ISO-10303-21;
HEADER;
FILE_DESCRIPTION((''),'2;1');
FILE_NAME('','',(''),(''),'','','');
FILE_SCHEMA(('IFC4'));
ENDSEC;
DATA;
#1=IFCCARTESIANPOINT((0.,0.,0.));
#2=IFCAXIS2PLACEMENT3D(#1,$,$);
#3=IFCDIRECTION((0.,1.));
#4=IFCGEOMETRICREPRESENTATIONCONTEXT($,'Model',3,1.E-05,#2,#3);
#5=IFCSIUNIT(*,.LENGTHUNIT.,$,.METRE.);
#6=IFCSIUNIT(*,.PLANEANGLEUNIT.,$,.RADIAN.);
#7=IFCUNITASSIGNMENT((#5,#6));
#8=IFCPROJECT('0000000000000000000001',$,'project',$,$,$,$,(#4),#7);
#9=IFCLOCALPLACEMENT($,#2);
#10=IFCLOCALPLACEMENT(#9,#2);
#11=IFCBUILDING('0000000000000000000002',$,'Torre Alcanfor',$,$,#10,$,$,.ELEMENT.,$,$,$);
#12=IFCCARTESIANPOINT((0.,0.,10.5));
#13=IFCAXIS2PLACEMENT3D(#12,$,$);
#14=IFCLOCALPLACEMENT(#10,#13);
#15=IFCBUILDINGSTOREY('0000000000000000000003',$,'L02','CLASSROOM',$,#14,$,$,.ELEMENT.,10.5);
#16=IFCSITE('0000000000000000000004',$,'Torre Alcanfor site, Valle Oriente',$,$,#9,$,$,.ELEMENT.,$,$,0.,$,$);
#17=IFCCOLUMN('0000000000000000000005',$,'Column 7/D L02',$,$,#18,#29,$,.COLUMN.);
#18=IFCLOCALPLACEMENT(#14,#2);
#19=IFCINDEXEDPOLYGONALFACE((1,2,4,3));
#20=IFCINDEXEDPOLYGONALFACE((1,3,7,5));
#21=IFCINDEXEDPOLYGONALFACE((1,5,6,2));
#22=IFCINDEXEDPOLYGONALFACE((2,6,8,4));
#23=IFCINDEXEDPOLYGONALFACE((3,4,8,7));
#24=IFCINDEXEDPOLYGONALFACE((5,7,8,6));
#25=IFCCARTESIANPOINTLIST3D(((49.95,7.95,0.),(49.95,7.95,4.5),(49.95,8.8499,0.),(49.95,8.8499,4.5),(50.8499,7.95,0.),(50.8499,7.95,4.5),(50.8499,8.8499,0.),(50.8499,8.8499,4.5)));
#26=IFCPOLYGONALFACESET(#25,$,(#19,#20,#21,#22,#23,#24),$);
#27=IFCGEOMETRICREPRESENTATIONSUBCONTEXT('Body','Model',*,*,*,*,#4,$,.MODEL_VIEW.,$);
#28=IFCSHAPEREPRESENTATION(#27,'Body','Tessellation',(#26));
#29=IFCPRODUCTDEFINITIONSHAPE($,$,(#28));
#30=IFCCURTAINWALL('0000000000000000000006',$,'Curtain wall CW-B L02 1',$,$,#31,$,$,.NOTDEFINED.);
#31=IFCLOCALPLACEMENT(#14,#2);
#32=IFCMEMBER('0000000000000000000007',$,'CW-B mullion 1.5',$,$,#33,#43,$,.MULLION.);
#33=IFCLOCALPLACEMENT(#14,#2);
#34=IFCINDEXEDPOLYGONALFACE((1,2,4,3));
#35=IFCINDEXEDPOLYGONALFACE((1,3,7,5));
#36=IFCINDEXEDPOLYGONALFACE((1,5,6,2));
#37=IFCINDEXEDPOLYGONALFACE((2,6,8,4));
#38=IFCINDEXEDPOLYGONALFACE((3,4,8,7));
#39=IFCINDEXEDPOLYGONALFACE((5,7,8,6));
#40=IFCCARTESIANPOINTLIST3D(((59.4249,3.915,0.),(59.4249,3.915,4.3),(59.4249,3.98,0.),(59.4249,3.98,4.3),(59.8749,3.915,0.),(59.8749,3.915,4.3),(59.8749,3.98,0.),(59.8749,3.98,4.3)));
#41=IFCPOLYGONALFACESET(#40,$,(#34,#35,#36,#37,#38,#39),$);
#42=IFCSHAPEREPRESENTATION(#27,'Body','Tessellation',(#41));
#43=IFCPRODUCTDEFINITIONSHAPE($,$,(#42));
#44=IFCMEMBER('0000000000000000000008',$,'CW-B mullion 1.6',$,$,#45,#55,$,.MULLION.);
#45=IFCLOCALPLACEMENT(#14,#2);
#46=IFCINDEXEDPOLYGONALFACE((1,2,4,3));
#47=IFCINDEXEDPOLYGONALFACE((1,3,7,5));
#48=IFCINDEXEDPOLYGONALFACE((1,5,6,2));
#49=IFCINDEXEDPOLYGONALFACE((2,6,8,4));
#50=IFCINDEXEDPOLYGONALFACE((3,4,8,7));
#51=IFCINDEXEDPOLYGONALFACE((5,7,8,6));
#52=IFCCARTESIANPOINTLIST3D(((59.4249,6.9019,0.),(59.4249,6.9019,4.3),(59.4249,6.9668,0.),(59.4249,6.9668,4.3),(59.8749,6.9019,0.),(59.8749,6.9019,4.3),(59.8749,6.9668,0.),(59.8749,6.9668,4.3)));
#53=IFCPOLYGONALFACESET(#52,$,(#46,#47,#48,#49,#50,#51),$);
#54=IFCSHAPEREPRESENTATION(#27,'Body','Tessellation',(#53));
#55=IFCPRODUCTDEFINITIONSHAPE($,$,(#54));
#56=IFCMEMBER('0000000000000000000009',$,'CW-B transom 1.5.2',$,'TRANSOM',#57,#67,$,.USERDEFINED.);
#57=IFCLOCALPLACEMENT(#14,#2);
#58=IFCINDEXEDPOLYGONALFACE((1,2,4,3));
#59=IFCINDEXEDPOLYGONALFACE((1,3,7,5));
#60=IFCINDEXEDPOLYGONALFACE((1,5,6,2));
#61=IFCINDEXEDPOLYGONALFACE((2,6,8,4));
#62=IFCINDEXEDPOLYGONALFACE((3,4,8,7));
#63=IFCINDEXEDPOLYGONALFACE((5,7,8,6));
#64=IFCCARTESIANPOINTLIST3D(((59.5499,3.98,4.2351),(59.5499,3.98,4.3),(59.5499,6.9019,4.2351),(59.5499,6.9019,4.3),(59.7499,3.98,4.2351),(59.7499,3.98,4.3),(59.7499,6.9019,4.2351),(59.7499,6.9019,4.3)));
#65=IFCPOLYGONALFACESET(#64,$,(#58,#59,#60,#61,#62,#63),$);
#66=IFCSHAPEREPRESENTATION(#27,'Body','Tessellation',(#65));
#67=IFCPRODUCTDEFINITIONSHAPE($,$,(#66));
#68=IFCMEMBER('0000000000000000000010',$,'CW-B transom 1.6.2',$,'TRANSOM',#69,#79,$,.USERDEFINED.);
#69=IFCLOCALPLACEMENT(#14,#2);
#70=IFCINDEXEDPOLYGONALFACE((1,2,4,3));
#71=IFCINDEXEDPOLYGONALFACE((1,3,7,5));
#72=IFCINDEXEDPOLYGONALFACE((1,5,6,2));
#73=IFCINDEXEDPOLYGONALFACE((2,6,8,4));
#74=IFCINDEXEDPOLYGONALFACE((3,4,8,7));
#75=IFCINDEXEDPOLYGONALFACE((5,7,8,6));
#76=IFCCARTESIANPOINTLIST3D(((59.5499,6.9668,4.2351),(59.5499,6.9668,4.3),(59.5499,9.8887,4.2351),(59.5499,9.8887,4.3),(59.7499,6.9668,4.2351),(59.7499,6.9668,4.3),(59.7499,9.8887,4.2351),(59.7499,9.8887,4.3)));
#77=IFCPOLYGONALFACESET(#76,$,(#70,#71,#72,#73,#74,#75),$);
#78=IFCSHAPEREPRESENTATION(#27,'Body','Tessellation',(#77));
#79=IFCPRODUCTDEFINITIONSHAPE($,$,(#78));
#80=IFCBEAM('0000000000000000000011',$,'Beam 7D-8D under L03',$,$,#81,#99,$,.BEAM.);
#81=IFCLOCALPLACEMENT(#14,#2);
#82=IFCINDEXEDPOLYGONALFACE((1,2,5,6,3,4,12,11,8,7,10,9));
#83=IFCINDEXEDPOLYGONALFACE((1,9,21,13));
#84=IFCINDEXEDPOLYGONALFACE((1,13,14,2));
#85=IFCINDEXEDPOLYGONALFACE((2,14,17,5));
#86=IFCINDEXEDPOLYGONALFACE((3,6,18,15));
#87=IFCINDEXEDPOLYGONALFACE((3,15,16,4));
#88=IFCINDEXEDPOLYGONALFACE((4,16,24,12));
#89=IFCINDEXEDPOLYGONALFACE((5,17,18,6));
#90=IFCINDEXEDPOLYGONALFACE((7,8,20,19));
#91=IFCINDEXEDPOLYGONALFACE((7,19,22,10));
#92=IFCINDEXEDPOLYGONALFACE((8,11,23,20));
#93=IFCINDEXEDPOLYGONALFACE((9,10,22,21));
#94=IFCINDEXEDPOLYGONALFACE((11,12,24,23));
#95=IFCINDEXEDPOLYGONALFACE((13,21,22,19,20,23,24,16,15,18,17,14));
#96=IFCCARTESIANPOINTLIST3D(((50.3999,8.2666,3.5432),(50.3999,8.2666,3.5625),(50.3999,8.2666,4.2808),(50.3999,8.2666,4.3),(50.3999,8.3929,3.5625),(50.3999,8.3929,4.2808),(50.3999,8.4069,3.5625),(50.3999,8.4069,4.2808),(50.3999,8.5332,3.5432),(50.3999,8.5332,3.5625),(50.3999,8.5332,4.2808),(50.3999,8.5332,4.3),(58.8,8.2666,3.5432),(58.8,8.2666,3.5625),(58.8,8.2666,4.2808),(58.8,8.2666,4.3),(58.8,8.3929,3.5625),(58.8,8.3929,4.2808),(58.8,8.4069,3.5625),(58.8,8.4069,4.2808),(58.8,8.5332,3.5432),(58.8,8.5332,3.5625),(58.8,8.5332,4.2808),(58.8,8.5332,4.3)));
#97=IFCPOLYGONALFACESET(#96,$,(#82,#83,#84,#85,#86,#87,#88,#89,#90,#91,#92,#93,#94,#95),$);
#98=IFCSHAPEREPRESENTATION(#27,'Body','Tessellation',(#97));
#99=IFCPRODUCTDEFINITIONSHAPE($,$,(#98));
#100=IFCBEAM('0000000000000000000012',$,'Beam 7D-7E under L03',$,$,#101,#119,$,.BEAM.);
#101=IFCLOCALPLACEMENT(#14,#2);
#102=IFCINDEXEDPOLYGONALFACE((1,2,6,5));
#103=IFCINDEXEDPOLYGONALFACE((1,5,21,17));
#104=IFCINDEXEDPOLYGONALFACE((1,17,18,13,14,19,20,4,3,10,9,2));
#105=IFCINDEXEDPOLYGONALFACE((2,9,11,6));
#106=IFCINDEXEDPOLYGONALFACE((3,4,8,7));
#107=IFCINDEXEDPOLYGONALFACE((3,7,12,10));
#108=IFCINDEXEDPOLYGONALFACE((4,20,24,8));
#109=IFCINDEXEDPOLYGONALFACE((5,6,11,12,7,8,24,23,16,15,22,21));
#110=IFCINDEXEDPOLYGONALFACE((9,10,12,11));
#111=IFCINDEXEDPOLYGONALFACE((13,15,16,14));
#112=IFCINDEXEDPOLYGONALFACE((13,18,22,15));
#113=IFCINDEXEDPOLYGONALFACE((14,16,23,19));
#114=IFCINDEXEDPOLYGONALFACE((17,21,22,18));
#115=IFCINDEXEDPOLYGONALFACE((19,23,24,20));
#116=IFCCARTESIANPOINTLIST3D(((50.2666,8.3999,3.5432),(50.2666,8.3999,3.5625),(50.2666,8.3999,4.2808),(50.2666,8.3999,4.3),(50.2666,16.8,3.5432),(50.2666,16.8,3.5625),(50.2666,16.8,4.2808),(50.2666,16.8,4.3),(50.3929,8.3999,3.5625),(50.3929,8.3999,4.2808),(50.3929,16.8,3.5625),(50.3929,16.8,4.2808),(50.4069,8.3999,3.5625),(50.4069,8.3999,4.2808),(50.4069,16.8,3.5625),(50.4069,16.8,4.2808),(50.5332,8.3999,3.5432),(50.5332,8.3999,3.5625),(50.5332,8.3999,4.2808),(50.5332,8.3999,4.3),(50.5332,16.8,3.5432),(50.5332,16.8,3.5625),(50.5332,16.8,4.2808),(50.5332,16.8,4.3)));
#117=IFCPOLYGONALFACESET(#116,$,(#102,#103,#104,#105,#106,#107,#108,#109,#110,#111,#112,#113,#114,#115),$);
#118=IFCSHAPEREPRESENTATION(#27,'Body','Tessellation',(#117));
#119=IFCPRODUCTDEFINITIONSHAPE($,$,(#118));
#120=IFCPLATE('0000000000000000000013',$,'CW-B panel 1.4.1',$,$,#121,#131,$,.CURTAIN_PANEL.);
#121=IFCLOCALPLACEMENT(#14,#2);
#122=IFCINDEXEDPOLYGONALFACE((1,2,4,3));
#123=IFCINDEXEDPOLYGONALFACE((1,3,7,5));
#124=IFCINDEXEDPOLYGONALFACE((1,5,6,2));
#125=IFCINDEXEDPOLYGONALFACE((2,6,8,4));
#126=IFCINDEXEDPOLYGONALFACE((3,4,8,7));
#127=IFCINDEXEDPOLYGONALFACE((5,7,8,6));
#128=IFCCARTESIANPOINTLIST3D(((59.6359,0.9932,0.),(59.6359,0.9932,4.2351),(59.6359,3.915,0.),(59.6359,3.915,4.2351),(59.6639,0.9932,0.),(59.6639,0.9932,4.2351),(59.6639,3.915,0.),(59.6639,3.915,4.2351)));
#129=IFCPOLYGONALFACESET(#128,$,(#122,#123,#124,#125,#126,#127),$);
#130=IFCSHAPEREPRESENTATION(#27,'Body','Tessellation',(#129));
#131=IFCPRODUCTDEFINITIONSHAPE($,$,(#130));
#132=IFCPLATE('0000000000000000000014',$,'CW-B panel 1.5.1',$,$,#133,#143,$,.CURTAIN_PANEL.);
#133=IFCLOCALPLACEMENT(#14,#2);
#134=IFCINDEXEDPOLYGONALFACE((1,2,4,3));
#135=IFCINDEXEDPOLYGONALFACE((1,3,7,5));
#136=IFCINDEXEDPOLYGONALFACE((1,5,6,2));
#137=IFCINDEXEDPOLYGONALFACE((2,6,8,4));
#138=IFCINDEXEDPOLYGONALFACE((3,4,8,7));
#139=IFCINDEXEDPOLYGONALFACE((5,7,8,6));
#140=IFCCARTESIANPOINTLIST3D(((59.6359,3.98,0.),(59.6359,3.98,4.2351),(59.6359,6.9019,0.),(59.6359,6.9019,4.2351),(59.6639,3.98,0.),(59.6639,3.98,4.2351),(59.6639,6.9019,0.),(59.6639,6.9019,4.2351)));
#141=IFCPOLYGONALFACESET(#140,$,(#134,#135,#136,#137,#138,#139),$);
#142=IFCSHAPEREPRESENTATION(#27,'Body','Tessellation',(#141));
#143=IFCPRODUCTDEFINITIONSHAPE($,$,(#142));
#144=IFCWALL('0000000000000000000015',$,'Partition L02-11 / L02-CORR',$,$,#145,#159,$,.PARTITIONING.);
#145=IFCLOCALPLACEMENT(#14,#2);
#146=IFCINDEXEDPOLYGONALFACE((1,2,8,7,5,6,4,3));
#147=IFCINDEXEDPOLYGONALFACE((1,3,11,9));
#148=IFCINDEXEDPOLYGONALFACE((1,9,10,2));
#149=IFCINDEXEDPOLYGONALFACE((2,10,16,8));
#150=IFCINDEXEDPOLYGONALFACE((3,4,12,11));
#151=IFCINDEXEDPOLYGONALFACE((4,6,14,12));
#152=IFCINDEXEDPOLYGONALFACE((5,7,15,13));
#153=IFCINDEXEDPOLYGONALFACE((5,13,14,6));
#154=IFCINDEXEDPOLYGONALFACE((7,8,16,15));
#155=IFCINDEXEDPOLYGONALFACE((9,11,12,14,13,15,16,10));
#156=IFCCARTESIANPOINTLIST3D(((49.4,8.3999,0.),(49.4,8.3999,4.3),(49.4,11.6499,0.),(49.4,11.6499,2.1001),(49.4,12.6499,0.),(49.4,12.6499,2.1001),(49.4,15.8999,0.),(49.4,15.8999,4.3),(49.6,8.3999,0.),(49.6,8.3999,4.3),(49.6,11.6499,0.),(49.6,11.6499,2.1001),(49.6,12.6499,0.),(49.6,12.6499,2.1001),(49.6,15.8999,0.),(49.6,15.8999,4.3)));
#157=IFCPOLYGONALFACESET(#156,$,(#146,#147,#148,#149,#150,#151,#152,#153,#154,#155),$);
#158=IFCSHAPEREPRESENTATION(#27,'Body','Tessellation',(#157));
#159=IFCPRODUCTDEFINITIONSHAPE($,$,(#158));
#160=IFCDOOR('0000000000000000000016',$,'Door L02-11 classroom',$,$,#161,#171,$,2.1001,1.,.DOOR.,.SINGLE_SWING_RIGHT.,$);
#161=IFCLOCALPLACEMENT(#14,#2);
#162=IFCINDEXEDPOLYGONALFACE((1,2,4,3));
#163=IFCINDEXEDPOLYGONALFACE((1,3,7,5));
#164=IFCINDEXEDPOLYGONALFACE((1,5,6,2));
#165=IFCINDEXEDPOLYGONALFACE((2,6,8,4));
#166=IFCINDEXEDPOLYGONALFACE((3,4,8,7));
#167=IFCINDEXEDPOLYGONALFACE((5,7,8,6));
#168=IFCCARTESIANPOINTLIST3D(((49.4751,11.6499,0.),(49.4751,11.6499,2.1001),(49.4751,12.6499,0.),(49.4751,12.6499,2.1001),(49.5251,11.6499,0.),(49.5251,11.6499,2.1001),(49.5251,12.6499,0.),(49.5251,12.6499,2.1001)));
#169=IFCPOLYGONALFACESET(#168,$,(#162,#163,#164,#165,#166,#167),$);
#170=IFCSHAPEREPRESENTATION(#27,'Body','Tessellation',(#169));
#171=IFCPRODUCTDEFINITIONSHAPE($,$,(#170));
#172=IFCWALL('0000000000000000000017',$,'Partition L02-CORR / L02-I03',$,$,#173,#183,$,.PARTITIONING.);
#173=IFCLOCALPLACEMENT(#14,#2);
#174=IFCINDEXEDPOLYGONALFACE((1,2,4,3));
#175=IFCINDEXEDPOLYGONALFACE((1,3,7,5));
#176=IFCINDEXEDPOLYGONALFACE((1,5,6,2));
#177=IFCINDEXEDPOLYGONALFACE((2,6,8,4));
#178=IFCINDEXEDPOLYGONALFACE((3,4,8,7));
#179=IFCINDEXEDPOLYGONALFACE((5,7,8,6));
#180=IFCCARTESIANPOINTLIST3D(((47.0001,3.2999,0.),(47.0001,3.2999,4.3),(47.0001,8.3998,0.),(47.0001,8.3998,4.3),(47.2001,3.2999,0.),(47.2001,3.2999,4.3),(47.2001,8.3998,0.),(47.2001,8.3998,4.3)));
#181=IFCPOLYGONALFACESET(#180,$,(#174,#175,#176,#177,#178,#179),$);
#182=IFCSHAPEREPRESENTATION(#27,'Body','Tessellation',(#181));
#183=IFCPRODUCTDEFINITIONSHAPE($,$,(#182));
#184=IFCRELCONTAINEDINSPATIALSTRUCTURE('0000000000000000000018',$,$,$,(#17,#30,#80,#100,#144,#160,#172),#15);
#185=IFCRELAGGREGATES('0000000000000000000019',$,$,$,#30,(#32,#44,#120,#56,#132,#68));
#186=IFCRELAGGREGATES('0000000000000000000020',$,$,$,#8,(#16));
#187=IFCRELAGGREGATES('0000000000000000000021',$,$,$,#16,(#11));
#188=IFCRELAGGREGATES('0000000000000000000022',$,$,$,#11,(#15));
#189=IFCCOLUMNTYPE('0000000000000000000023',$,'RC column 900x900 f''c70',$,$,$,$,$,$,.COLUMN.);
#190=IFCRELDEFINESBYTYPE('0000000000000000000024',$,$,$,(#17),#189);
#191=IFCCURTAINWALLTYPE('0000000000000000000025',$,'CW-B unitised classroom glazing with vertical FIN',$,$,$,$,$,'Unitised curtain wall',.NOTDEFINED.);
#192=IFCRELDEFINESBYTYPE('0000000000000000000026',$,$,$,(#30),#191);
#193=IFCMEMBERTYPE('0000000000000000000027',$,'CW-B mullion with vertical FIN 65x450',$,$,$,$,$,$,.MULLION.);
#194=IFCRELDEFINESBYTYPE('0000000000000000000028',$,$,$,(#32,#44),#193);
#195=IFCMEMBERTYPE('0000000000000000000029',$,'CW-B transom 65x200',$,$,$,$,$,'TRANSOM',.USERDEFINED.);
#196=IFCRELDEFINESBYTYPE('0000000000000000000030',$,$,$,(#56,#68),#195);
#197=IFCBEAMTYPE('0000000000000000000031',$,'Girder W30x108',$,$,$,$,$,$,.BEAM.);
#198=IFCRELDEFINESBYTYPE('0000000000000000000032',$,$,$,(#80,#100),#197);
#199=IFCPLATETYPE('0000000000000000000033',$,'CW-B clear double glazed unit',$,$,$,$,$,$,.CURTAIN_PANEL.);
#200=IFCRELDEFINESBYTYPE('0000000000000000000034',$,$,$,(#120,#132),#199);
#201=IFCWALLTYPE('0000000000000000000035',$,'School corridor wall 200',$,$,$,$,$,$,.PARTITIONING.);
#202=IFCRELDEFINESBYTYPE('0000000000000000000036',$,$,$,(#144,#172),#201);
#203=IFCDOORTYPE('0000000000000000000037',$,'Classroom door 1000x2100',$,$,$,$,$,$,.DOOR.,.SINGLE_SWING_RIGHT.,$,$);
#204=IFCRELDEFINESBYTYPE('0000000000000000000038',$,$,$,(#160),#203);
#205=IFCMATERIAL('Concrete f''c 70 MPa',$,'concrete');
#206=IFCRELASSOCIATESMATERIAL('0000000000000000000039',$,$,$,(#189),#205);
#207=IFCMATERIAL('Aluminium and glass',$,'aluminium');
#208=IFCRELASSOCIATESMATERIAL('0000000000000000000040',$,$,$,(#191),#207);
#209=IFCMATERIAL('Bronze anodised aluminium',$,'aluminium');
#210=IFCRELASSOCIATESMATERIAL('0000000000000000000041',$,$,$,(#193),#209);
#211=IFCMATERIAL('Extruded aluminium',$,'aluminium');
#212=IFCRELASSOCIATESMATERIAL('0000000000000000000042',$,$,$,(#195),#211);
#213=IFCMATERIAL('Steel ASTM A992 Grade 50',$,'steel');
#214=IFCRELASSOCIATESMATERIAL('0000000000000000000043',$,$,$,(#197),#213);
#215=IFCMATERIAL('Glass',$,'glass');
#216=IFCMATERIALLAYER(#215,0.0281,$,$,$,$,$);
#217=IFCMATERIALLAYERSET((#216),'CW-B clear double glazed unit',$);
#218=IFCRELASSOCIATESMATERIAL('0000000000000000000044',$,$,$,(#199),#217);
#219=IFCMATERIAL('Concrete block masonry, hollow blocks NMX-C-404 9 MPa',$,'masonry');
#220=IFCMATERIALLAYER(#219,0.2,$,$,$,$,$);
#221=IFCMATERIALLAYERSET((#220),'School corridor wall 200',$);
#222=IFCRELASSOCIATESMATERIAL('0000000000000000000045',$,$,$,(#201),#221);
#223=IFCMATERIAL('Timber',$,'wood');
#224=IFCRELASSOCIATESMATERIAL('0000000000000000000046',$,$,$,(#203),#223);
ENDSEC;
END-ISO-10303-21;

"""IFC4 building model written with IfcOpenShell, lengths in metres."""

from ifc_helpers import new_model, si_unit, direction, frame, frame_2d, origin, origin_2d, place, context, subcontext, project, spatial, rectangle, i_section, extrude, material, layer, layer_set, material_profile, profile_set, type_object, element, fill, aggregate, save


model = new_model("IFC4")

# Units and contexts
model_context = context("Model", 3, precision=1e-05, world=origin(), true_north=direction((0.0, 1.0)))
body_context = subcontext(model_context, "Body", "Model", "MODEL_VIEW")
ifc_project = project(units=[si_unit("LENGTHUNIT", "METRE"), si_unit("PLANEANGLEUNIT", "RADIAN")], contexts=[model_context])

# Site, building, storey
site_placement = place(None, origin())
site = spatial("IfcSite", under=ifc_project, at=site_placement, Name="Torre Alcanfor site, Valle Oriente", CompositionType="ELEMENT", RefElevation=0.0)
building_placement = place(site_placement, origin())
building = spatial("IfcBuilding", under=site, at=building_placement, Name="Torre Alcanfor", CompositionType="ELEMENT")
storey_placement = place(building_placement, frame((0.0, 0.0, 10.5)))
storey = spatial("IfcBuildingStorey", under=building, at=storey_placement, Name="L02", Description="CLASSROOM", CompositionType="ELEMENT", Elevation=10.5)

# Column
ifc_material_1 = material(Name="Concrete f'c 70 MPa", Category="concrete")
ifc_material_profile_1 = material_profile(ifc_material_1, rectangle(XDim=0.8999, YDim=0.8999, at=origin_2d()), Name="900x900")
ifc_profile_set_1 = profile_set([ifc_material_profile_1], Name="Concrete f'c 70 MPa")
column_type = type_object("IfcColumnType", Name="RC column 900x900 f'c70", PredefinedType="COLUMN", material=ifc_profile_set_1)
column_placement = place(storey_placement, frame((50.3999, 8.3999, 0.0), z_axis=(0.0, 0.0, 1.0), x_axis=(1.0, 0.0, 0.0)))
element("IfcColumn", 1, at=column_placement, inside=storey, type_object=column_type, Name="Column 7/D L02", PredefinedType="COLUMN", context=body_context, shape_type="SweptSolid", body=[
    extrude(rectangle(XDim=0.8999, YDim=0.8999, at=origin_2d()), origin(), (0.0, 0.0, 1.0), 4.5),
])

# Curtain wall, members
ifc_material_2 = material(Name="Aluminium and glass", Category="aluminium")
curtain_wall_type = type_object("IfcCurtainWallType", Name="CW-B unitised classroom glazing with vertical FIN", ElementType="Unitised curtain wall", PredefinedType="NOTDEFINED", material=ifc_material_2)
curtain_wall_placement = place(storey_placement, origin())
curtain_wall = element("IfcCurtainWall", 2, at=curtain_wall_placement, inside=storey, type_object=curtain_wall_type, Name="Curtain wall CW-B L02 1", PredefinedType="NOTDEFINED")
ifc_material_3 = material(Name="Bronze anodised aluminium", Category="aluminium")
ifc_material_profile_2 = material_profile(ifc_material_3, rectangle(XDim=0.45, YDim=0.0649, at=origin_2d()), Name="CW-B mullion 65x450")
ifc_profile_set_2 = profile_set([ifc_material_profile_2], Name="Bronze anodised aluminium")
member_type_1 = type_object("IfcMemberType", Name="CW-B mullion with vertical FIN 65x450", PredefinedType="MULLION", material=ifc_profile_set_2)
member_1_placement = place(storey_placement, frame((59.6499, 3.9475, 0.0), z_axis=(0.0, 0.0, 1.0), x_axis=(-1.0, 0.0, 0.0)))
member_1 = element("IfcMember", 3, at=member_1_placement, type_object=member_type_1, Name="CW-B mullion 1.5", PredefinedType="MULLION", context=body_context, shape_type="SweptSolid", body=[
    extrude(rectangle(XDim=0.45, YDim=0.0649, at=origin_2d()), origin(), (0.0, 0.0, 1.0), 4.3),
])
member_2_placement = place(storey_placement, frame((59.6499, 6.9343, 0.0), z_axis=(0.0, 0.0, 1.0), x_axis=(-1.0, 0.0, 0.0)))
member_2 = element("IfcMember", 4, at=member_2_placement, type_object=member_type_1, Name="CW-B mullion 1.6", PredefinedType="MULLION", context=body_context, shape_type="SweptSolid", body=[
    extrude(rectangle(XDim=0.45, YDim=0.0649, at=origin_2d()), origin(), (0.0, 0.0, 1.0), 4.3),
])
ifc_material_4 = material(Name="Extruded aluminium", Category="aluminium")
ifc_material_profile_3 = material_profile(ifc_material_4, rectangle(XDim=0.2, YDim=0.0649, at=origin_2d()), Name="CW-B transom 200x65")
ifc_profile_set_3 = profile_set([ifc_material_profile_3], Name="Extruded aluminium")
member_type_2 = type_object("IfcMemberType", Name="CW-B transom 65x200", ElementType="TRANSOM", PredefinedType="USERDEFINED", material=ifc_profile_set_3)
member_3_placement = place(storey_placement, frame((59.6499, 3.98, 4.2676), z_axis=(0.0, 1.0, 0.0), x_axis=(-1.0, 0.0, 0.0)))
member_3 = element("IfcMember", 5, at=member_3_placement, type_object=member_type_2, Name="CW-B transom 1.5.2", ObjectType="TRANSOM", PredefinedType="USERDEFINED", context=body_context, shape_type="SweptSolid", body=[
    extrude(rectangle(XDim=0.2, YDim=0.0649, at=origin_2d()), origin(), (0.0, 0.0, 1.0), 2.9219),
])
member_4_placement = place(storey_placement, frame((59.6499, 6.9668, 4.2676), z_axis=(0.0, 1.0, 0.0), x_axis=(-1.0, 0.0, 0.0)))
member_4 = element("IfcMember", 6, at=member_4_placement, type_object=member_type_2, Name="CW-B transom 1.6.2", ObjectType="TRANSOM", PredefinedType="USERDEFINED", context=body_context, shape_type="SweptSolid", body=[
    extrude(rectangle(XDim=0.2, YDim=0.0649, at=origin_2d()), origin(), (0.0, 0.0, 1.0), 2.9219),
])

# Beams
ifc_material_5 = material(Name="Steel ASTM A992 Grade 50", Category="steel")
ifc_material_profile_4 = material_profile(ifc_material_5, i_section(OverallWidth=0.2666, OverallDepth=0.7568, WebThickness=0.0139, FlangeThickness=0.0193, at=origin_2d()), Name="W30x108")
ifc_profile_set_4 = profile_set([ifc_material_profile_4], Name="Steel ASTM A992 Grade 50")
beam_type = type_object("IfcBeamType", Name="Girder W30x108", PredefinedType="BEAM", material=ifc_profile_set_4)
for number, where, z_axis, x_axis, name in (
    (7, (50.3999, 8.3999, 3.9216), (1.0, 0.0, 0.0), (0.0, 1.0, 0.0), "Beam 7D-8D under L03"),
    (8, (50.3999, 8.3999, 3.9216), (0.0, 1.0, 0.0), (-1.0, 0.0, 0.0), "Beam 7D-7E under L03"),
):
    element("IfcBeam", number, at=place(storey_placement, frame(where, z_axis=z_axis, x_axis=x_axis)), inside=storey, type_object=beam_type, Name=name, PredefinedType="BEAM", context=body_context, shape_type="SweptSolid", body=[
        extrude(i_section(OverallWidth=0.2666, OverallDepth=0.7568, WebThickness=0.0139, FlangeThickness=0.0193, at=origin_2d()), origin(), (0.0, 0.0, 1.0), 8.4001),
    ])

# Plates
ifc_material_6 = material(Name="Glass", Category="glass")
ifc_layer_1 = layer(ifc_material_6, 0.0281)
ifc_layer_set_1 = layer_set([ifc_layer_1], Name="CW-B clear double glazed unit")
plate_type = type_object("IfcPlateType", Name="CW-B clear double glazed unit", PredefinedType="CURTAIN_PANEL", material=ifc_layer_set_1)
plate_1_placement = place(storey_placement, frame((59.6499, 2.4541, 0.0), z_axis=(0.0, 0.0, 1.0), x_axis=(0.0, 1.0, 0.0)))
plate_1 = element("IfcPlate", 9, at=plate_1_placement, type_object=plate_type, Name="CW-B panel 1.4.1", PredefinedType="CURTAIN_PANEL", context=body_context, shape_type="SweptSolid", body=[
    extrude(rectangle(XDim=2.9219, YDim=0.0281, at=origin_2d()), origin(), (0.0, 0.0, 1.0), 4.2351),
])
plate_2_placement = place(storey_placement, frame((59.6499, 5.4409, 0.0), z_axis=(0.0, 0.0, 1.0), x_axis=(0.0, 1.0, 0.0)))
plate_2 = element("IfcPlate", 10, at=plate_2_placement, type_object=plate_type, Name="CW-B panel 1.5.1", PredefinedType="CURTAIN_PANEL", context=body_context, shape_type="SweptSolid", body=[
    extrude(rectangle(XDim=2.9219, YDim=0.0281, at=origin_2d()), origin(), (0.0, 0.0, 1.0), 4.2351),
])
aggregate(curtain_wall, [member_1, member_2, plate_1, member_3, plate_2, member_4])

# Wall, opening, door
ifc_material_7 = material(Name="Concrete block masonry, hollow blocks NMX-C-404 9 MPa", Category="masonry")
ifc_layer_2 = layer(ifc_material_7, 0.2)
ifc_layer_set_2 = layer_set([ifc_layer_2], Name="School corridor wall 200")
wall_type_1 = type_object("IfcWallType", Name="School corridor wall 200", PredefinedType="PARTITIONING", material=ifc_layer_set_2)
wall_1_placement = place(storey_placement, frame((49.5, 8.3999, 0.0), z_axis=(0.0, 0.0, 1.0), x_axis=(0.0, 1.0, 0.0)))
wall_1 = element("IfcWall", 11, at=wall_1_placement, inside=storey, type_object=wall_type_1, Name="Partition L02-11 / L02-CORR", PredefinedType="PARTITIONING", context=body_context, shape_type="SweptSolid", body=[
    extrude(rectangle(XDim=7.5, YDim=0.2, at=frame_2d((3.75, 0.0))), origin(), (0.0, 0.0, 1.0), 4.3),
])
opening_1_placement = place(wall_1_placement, frame((3.25, 0.0, 0.0)))
opening_1 = element("IfcOpeningElement", 12, at=opening_1_placement, cuts=wall_1, PredefinedType="OPENING", context=body_context, shape_type="SweptSolid", body=[
    extrude(rectangle(XDim=1.0, YDim=2.1001, at=frame_2d((0.5, 1.05))), frame((0.0, 0.1099, 0.0), z_axis=(0.0, -1.0, 0.0), x_axis=(1.0, 0.0, 0.0)), (0.0, 0.0, 1.0), 0.22),
])
ifc_material_8 = material(Name="Timber", Category="wood")
door_type = type_object("IfcDoorType", Name="Classroom door 1000x2100", OperationType="SINGLE_SWING_RIGHT", PredefinedType="DOOR", material=ifc_material_8)
door_1_placement = place(opening_1_placement, frame((1.0, 0.0, 0.0), z_axis=(0.0, 0.0, 1.0), x_axis=(-1.0, 0.0, 0.0)))
door_1 = element("IfcDoor", 13, at=door_1_placement, inside=storey, type_object=door_type, Name="Door L02-11 classroom", OperationType="SINGLE_SWING_RIGHT", OverallHeight=2.1001, OverallWidth=1.0, PredefinedType="DOOR", context=body_context, shape_type="SweptSolid", body=[
    extrude(rectangle(XDim=1.0, YDim=2.1001, at=frame_2d((0.5, 1.05))), frame((0.0, 0.0251, 0.0), z_axis=(0.0, -1.0, 0.0), x_axis=(1.0, 0.0, 0.0)), (0.0, 0.0, 1.0), 0.05),
])
fill(opening_1, door_1)

# Wall
wall_2_placement = place(storey_placement, frame((47.1001, 3.3, 0.0), z_axis=(0.0, 0.0, 1.0), x_axis=(0.0, 1.0, 0.0)))
element("IfcWall", 14, at=wall_2_placement, inside=storey, type_object=wall_type_1, Name="Partition L02-CORR / L02-I03", PredefinedType="PARTITIONING", context=body_context, shape_type="SweptSolid", body=[
    extrude(rectangle(XDim=5.0999, YDim=0.2, at=frame_2d((2.5498, 0.0))), origin(), (0.0, 0.0, 1.0), 4.3),
])

save(model, "model.ifc")
